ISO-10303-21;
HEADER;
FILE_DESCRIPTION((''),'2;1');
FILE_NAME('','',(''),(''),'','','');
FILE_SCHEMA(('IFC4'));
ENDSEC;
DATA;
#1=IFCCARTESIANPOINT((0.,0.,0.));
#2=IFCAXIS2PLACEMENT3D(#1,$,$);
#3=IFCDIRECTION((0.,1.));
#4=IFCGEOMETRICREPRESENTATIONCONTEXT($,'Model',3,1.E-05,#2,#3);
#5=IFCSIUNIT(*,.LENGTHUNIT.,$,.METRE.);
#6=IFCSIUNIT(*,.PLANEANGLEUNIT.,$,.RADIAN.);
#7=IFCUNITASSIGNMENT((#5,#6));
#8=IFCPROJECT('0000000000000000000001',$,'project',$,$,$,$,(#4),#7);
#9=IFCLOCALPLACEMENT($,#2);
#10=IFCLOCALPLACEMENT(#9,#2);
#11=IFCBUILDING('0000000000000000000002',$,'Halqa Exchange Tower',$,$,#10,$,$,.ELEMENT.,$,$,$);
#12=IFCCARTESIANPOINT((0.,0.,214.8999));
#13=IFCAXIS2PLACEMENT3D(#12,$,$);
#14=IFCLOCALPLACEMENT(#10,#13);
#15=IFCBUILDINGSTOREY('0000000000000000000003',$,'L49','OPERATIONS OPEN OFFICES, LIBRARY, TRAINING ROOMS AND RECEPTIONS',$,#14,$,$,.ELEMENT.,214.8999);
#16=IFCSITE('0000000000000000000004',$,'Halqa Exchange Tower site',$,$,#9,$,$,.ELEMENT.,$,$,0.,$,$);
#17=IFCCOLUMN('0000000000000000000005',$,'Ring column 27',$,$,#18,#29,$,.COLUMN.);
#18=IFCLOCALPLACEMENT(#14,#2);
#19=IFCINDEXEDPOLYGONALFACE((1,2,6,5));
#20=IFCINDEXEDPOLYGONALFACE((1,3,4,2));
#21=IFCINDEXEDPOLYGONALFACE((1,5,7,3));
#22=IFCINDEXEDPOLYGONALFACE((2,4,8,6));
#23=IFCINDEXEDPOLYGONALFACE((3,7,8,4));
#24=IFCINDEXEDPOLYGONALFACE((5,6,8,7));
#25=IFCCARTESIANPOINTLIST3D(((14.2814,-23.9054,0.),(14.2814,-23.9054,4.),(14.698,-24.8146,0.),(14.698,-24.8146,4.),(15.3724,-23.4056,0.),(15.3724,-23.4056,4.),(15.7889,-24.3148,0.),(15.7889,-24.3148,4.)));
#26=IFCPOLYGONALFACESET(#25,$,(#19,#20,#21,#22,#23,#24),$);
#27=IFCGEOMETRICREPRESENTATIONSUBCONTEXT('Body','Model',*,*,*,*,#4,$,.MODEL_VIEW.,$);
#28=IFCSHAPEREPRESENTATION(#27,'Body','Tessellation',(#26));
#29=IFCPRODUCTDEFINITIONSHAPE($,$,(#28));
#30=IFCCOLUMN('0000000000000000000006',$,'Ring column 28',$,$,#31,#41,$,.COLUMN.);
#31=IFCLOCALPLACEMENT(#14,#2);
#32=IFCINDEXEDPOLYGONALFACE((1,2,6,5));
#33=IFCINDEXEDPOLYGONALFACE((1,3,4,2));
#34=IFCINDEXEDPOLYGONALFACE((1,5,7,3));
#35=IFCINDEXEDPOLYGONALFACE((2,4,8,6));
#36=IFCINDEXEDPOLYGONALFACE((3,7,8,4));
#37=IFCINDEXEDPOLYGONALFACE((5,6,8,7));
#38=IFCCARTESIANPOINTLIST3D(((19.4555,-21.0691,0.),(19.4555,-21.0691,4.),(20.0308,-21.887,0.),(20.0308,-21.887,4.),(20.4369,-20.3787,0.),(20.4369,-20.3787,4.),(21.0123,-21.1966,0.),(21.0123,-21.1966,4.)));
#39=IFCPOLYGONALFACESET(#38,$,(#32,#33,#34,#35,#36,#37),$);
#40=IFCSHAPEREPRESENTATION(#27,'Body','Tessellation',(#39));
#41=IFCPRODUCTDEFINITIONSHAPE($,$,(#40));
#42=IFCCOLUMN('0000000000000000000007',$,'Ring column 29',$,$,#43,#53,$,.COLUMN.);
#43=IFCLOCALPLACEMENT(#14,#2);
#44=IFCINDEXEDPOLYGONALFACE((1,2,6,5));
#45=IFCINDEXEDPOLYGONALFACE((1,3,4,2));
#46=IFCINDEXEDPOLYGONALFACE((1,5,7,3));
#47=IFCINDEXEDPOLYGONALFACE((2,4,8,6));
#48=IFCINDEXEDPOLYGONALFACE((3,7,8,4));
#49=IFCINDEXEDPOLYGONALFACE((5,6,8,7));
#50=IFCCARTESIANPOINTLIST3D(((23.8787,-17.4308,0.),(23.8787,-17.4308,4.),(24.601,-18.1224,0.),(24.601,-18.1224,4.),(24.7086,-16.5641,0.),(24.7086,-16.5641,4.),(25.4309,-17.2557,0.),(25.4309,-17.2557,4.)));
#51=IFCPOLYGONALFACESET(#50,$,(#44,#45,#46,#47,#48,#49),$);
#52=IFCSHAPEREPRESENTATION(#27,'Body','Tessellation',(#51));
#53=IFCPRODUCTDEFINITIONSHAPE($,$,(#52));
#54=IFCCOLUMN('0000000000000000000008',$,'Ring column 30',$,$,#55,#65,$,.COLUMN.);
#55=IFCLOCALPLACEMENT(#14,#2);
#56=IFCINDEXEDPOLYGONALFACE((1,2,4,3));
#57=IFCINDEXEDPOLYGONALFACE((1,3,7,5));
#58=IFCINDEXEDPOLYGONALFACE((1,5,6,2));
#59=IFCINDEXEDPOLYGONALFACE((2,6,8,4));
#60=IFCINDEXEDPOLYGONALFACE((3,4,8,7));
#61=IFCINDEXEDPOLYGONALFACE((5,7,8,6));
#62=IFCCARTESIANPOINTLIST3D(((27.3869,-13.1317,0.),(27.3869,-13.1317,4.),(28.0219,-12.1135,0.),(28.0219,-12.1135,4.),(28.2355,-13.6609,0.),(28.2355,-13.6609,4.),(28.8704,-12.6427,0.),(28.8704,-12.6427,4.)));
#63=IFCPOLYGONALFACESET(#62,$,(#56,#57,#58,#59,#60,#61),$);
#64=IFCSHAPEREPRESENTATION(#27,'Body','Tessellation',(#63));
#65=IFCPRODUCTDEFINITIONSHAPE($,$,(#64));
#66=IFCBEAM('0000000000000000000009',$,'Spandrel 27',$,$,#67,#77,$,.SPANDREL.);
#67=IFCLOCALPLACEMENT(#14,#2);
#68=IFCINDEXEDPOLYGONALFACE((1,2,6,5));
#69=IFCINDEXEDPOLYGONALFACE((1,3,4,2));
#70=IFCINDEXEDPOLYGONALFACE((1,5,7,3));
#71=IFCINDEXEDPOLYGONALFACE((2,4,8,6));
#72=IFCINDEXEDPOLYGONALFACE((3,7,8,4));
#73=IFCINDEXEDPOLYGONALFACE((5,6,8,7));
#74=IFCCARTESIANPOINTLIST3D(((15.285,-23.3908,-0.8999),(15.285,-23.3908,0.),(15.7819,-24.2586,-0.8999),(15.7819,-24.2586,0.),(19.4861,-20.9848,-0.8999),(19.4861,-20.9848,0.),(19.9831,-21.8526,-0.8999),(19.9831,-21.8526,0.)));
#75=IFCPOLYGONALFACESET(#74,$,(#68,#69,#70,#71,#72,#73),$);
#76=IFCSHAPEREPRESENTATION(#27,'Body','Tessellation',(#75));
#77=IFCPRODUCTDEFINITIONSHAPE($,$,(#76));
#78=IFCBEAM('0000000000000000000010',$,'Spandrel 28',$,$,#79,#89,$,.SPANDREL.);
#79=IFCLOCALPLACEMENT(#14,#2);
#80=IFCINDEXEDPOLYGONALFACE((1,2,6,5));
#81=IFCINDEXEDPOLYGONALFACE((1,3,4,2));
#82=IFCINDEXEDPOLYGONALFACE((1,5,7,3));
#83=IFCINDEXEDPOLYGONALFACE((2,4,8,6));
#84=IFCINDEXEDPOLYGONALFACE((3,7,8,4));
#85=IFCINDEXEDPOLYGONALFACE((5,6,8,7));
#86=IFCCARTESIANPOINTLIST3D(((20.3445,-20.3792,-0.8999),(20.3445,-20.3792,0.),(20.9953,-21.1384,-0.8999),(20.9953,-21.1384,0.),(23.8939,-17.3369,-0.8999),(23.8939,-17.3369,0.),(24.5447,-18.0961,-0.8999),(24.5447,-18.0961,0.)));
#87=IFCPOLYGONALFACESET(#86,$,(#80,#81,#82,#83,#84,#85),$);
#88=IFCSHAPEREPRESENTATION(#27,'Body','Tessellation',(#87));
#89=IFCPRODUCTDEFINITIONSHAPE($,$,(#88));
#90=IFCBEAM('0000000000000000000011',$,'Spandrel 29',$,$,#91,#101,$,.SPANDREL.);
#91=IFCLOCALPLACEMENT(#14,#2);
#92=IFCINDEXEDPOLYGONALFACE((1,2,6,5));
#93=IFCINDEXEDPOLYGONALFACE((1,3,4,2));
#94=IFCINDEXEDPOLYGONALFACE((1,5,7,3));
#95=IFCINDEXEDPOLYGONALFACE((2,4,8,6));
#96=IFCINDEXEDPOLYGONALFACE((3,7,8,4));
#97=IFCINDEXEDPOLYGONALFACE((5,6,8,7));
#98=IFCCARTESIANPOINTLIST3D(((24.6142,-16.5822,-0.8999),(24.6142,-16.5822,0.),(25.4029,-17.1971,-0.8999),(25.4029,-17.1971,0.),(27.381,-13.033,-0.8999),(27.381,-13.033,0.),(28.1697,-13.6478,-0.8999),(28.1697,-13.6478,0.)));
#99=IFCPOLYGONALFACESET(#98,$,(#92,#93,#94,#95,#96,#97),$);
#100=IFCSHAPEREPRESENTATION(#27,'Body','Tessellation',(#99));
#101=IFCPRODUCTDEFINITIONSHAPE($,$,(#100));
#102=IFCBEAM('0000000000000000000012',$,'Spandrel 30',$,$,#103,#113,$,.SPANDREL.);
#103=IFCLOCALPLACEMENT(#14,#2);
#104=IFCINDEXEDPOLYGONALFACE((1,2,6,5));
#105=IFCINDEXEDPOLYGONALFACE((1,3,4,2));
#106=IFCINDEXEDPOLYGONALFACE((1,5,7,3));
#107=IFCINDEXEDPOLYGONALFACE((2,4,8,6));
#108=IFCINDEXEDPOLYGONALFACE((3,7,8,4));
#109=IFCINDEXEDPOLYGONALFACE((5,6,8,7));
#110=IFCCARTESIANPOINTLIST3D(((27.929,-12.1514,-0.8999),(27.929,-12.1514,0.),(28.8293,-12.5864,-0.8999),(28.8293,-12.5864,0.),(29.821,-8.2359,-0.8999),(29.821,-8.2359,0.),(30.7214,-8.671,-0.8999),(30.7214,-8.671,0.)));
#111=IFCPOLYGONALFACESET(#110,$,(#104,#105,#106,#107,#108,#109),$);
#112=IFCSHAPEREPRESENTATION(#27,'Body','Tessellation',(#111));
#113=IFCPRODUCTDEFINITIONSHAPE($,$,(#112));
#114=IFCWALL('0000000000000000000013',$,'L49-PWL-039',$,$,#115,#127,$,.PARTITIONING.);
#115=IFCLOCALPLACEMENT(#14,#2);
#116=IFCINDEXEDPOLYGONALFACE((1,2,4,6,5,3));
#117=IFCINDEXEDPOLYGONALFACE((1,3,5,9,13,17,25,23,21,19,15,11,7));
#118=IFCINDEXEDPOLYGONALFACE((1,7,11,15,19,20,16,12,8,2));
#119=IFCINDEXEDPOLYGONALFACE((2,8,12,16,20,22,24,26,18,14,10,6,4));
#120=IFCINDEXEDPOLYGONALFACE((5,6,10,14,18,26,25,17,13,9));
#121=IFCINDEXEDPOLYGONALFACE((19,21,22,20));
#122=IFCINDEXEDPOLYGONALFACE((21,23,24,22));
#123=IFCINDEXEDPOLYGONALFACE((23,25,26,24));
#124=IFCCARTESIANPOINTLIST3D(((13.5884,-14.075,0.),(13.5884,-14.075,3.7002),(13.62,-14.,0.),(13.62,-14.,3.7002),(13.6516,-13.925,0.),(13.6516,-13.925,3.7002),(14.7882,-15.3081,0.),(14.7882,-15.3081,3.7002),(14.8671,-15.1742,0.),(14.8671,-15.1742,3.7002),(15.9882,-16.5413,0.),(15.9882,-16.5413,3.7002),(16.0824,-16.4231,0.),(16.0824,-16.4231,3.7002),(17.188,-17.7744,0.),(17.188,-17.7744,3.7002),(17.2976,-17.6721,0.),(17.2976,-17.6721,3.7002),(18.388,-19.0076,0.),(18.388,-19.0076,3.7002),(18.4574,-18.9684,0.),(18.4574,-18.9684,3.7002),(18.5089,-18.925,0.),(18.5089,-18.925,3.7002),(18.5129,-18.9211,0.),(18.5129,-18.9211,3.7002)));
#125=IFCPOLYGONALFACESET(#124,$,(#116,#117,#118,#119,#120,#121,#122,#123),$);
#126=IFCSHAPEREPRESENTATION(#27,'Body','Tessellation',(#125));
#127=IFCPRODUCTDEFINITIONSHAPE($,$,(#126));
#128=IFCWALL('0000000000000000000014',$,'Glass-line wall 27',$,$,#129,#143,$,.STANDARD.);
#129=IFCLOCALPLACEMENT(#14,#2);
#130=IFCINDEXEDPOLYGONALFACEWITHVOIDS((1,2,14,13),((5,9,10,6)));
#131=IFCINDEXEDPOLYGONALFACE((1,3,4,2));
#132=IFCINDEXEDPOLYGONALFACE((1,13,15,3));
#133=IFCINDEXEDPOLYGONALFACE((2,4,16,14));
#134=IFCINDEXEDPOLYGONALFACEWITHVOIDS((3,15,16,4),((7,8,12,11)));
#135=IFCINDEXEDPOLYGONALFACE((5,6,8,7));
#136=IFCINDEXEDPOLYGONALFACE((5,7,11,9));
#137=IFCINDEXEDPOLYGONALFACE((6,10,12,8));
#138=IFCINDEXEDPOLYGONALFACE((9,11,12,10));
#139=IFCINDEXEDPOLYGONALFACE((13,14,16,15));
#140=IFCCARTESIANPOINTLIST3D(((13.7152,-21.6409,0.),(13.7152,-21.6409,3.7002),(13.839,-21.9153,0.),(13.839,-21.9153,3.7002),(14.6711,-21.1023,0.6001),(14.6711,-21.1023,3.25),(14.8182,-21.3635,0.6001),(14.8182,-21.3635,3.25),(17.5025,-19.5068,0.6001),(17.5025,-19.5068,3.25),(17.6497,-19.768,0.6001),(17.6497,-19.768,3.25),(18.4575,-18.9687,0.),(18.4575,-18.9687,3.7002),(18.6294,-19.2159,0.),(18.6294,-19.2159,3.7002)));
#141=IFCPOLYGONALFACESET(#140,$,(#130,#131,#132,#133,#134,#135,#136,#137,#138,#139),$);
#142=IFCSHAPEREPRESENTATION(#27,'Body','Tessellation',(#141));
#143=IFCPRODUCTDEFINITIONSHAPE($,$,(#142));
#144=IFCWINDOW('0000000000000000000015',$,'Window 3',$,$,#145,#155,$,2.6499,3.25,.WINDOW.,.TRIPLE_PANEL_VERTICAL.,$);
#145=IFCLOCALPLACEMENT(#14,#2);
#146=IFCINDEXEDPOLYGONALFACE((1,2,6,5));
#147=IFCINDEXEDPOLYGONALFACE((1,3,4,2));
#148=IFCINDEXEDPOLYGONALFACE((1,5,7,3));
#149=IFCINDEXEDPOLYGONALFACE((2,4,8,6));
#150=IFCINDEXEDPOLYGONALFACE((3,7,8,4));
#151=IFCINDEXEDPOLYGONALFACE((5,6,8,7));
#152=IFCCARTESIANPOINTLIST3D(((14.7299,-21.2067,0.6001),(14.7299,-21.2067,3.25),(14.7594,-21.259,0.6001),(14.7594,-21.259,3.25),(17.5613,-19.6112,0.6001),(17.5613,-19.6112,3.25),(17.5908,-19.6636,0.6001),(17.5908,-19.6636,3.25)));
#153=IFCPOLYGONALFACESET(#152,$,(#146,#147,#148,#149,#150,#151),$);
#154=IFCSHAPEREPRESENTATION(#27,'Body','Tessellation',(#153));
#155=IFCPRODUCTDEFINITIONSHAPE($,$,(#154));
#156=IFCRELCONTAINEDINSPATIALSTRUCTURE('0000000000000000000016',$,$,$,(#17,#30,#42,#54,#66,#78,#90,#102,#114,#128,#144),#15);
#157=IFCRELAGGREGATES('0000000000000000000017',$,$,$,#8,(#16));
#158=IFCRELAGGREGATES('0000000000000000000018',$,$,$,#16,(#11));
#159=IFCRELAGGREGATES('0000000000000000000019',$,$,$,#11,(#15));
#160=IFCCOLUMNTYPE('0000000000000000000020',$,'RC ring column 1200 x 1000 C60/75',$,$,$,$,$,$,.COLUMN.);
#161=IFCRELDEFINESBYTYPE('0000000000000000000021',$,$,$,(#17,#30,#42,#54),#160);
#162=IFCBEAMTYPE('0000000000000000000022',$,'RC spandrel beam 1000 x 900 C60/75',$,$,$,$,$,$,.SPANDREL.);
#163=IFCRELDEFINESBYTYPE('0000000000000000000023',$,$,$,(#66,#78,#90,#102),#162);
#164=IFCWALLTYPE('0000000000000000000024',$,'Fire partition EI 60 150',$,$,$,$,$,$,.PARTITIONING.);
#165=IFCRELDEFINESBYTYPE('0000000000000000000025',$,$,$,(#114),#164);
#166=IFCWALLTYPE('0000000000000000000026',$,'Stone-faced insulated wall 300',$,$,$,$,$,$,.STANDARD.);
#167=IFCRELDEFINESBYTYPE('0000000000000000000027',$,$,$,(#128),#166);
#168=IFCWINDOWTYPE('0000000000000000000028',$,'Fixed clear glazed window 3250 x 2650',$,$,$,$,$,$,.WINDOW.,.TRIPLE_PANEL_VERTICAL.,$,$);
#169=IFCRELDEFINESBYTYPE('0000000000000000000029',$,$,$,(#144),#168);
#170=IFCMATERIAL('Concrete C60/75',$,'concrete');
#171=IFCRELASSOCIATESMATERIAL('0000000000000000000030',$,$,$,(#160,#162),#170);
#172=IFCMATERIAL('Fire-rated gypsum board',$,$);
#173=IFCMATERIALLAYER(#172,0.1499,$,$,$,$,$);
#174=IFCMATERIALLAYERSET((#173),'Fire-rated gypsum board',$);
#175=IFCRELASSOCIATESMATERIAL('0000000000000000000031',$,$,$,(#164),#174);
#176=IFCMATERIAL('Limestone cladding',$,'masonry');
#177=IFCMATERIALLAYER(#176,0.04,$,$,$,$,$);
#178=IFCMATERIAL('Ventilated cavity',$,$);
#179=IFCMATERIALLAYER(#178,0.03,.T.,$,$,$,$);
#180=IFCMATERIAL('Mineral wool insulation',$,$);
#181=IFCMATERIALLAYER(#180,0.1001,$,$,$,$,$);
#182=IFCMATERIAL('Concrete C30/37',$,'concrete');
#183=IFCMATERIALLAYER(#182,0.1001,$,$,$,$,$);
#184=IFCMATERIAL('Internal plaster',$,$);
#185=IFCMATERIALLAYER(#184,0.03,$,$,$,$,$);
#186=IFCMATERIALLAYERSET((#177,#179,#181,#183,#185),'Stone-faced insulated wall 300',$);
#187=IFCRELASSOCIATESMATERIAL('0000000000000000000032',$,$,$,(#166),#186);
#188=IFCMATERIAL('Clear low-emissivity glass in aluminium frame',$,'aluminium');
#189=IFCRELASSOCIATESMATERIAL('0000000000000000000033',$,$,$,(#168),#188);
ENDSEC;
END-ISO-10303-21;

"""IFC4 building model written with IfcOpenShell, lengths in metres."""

from ifc_helpers import new_model, si_unit, direction, frame, frame_2d, origin, origin_2d, place, context, subcontext, project, spatial, polyline, rectangle, outline, extrude, material, layer, layer_set, material_profile, profile_set, type_object, element, fill, save


model = new_model("IFC4")

# Units and contexts
model_context = context("Model", 3, precision=1e-05, world=origin(), true_north=direction((0.0, 1.0)))
body_context = subcontext(model_context, "Body", "Model", "MODEL_VIEW")
ifc_project = project(units=[si_unit("LENGTHUNIT", "METRE"), si_unit("PLANEANGLEUNIT", "RADIAN")], contexts=[model_context])

# Site, building, storey
site_placement = place(None, origin())
site = spatial("IfcSite", under=ifc_project, at=site_placement, Name="Halqa Exchange Tower site", CompositionType="ELEMENT", RefElevation=0.0)
building_placement = place(site_placement, origin())
building = spatial("IfcBuilding", under=site, at=building_placement, Name="Halqa Exchange Tower", CompositionType="ELEMENT")
storey_placement = place(building_placement, frame((0.0, 0.0, 214.8999)))
storey = spatial("IfcBuildingStorey", under=building, at=storey_placement, Name="L49", Description="OPERATIONS OPEN OFFICES, LIBRARY, TRAINING ROOMS AND RECEPTIONS", CompositionType="ELEMENT", Elevation=214.8999)

# Columns
ifc_material_1 = material(Name="Concrete C60/75", Category="concrete")
ifc_material_profile_1 = material_profile(ifc_material_1, rectangle(XDim=1.2, YDim=1.0, at=origin_2d()), Name="1200 x 1000")
ifc_profile_set_1 = profile_set([ifc_material_profile_1], Name="Concrete C60/75")
column_type = type_object("IfcColumnType", Name="RC ring column 1200 x 1000 C60/75", PredefinedType="COLUMN", material=ifc_profile_set_1)
for number, where, z_axis, x_axis, name in (
    (1, (15.0352, -24.1101, 0.0), (0.0, 0.0, 1.0), (0.909129, 0.416514, 0.0), "Ring column 27"),
    (2, (20.2339, -21.1328, 0.0), (0.0, 0.0, 1.0), (0.817906, 0.575352, 0.0), "Ring column 28"),
    (3, (24.6548, -17.3433, 0.0), (0.0, 0.0, 1.0), (0.691575, 0.722305, 0.0), "Ring column 29"),
    (4, (28.1287, -12.8872, 0.0), (0.0, 0.0, 1.0), (0.529145, 0.848531, 0.0), "Ring column 30"),
):
    element("IfcColumn", number, at=place(storey_placement, frame(where, z_axis=z_axis, x_axis=x_axis)), inside=storey, type_object=column_type, Name=name, PredefinedType="COLUMN", context=body_context, shape_type="SweptSolid", body=[
        extrude(rectangle(XDim=1.2, YDim=1.0, at=origin_2d()), origin(), (0.0, 0.0, 1.0), 4.0),
    ])

# Beams
ifc_material_profile_2 = material_profile(ifc_material_1, rectangle(XDim=1.0, YDim=0.8999, at=origin_2d()), Name="1000 x 900")
ifc_profile_set_2 = profile_set([ifc_material_profile_2], Name="Concrete C60/75")
beam_type = type_object("IfcBeamType", Name="RC spandrel beam 1000 x 900 C60/75", PredefinedType="SPANDREL", material=ifc_profile_set_2)
beam_1_placement = place(storey_placement, frame((15.5334, -23.8247, -0.45), z_axis=(0.867768, 0.49697, 0.0), x_axis=(-0.49697, 0.867768, 0.0)))
element("IfcBeam", 5, at=beam_1_placement, inside=storey, type_object=beam_type, Name="Spandrel 27", PredefinedType="SPANDREL", context=body_context, shape_type="SweptSolid", body=[
    extrude(rectangle(XDim=1.0, YDim=0.8999, at=origin_2d()), origin(), (0.0, 0.0, 1.0), 4.8413),
])
beam_2_placement = place(storey_placement, frame((20.6699, -20.7588, -0.45), z_axis=(0.75926, 0.650787, 0.0), x_axis=(-0.650787, 0.75926, 0.0)))
element("IfcBeam", 6, at=beam_2_placement, inside=storey, type_object=beam_type, Name="Spandrel 28", PredefinedType="SPANDREL", context=body_context, shape_type="SweptSolid", body=[
    extrude(rectangle(XDim=1.0, YDim=0.8999, at=origin_2d()), origin(), (0.0, 0.0, 1.0), 4.6748),
])
beam_3_placement = place(storey_placement, frame((25.0085, -16.8896, -0.45), z_axis=(0.614808, 0.788677, 0.0), x_axis=(-0.788677, 0.614808, 0.0)))
element("IfcBeam", 7, at=beam_3_placement, inside=storey, type_object=beam_type, Name="Spandrel 29", PredefinedType="SPANDREL", context=body_context, shape_type="SweptSolid", body=[
    extrude(rectangle(XDim=1.0, YDim=0.8999, at=origin_2d()), origin(), (0.0, 0.0, 1.0), 4.5002),
])
beam_4_placement = place(storey_placement, frame((28.3792, -12.3689, -0.45), z_axis=(0.435091, 0.900386, 0.0), x_axis=(-0.900386, 0.435091, 0.0)))
element("IfcBeam", 8, at=beam_4_placement, inside=storey, type_object=beam_type, Name="Spandrel 30", PredefinedType="SPANDREL", context=body_context, shape_type="SweptSolid", body=[
    extrude(rectangle(XDim=1.0, YDim=0.8999, at=origin_2d()), origin(), (0.0, 0.0, 1.0), 4.3486),
])

# Wall
ifc_material_2 = material(Name="Fire-rated gypsum board")
ifc_layer_1 = layer(ifc_material_2, 0.1499)
ifc_layer_set_1 = layer_set([ifc_layer_1], Name="Fire-rated gypsum board")
wall_type_1 = type_object("IfcWallType", Name="Fire partition EI 60 150", PredefinedType="PARTITIONING", material=ifc_layer_set_1)
wall_1_placement = place(storey_placement, frame((18.4592, -18.9734, 0.0), z_axis=(0.0, 0.0, 1.0), x_axis=(-0.697374, 0.716707, 0.0)))
element("IfcWall", 9, at=wall_1_placement, inside=storey, type_object=wall_type_1, Name="L49-PWL-039", PredefinedType="PARTITIONING", context=body_context, shape_type="SweptSolid", body=[
    extrude(outline(polyline([(0.0, -0.075), (1.7427, -0.075), (3.4854, -0.075), (5.228, -0.075), (6.9709, -0.075), (6.9392, 0.0), (6.9075, 0.075), (5.187, 0.075), (3.4663, 0.075), (1.7458, 0.075), (0.0251, 0.075), (0.0049, -0.0022), (0.0, -0.0693), (0.0, -0.075)])), origin(), (0.0, 0.0, 1.0), 3.7002),
])

# Wall, opening, window
ifc_material_3 = material(Name="Limestone cladding", Category="masonry")
ifc_layer_2 = layer(ifc_material_3, 0.04)
ifc_material_4 = material(Name="Ventilated cavity")
ifc_layer_3 = layer(ifc_material_4, 0.03, ventilated=True)
ifc_material_5 = material(Name="Mineral wool insulation")
ifc_layer_4 = layer(ifc_material_5, 0.1001)
ifc_material_6 = material(Name="Concrete C30/37", Category="concrete")
ifc_layer_5 = layer(ifc_material_6, 0.1001)
ifc_material_7 = material(Name="Internal plaster")
ifc_layer_6 = layer(ifc_material_7, 0.03)
ifc_layer_set_2 = layer_set([ifc_layer_2, ifc_layer_3, ifc_layer_4, ifc_layer_5, ifc_layer_6], Name="Stone-faced insulated wall 300")
wall_type_2 = type_object("IfcWallType", Name="Stone-faced insulated wall 300", PredefinedType="STANDARD", material=ifc_layer_set_2)
wall_2_placement = place(storey_placement, frame((13.7771, -21.7781, 0.0), z_axis=(0.0, 0.0, 1.0), x_axis=(0.871207, 0.490916, 0.0)))
wall_2 = element("IfcWall", 10, at=wall_2_placement, inside=storey, type_object=wall_type_2, Name="Glass-line wall 27", PredefinedType="STANDARD", context=body_context, shape_type="SweptSolid", body=[
    extrude(outline(polyline([(-0.0134, -0.1499), (5.4851, -0.1499), (5.4568, 0.1499), (0.0134, 0.1499), (-0.0134, -0.1499)])), origin(), (0.0, 0.0, 1.0), 3.7002),
])
opening_1_placement = place(wall_2_placement, frame((1.1106, 0.0, 0.6001)))
opening_1 = element("IfcOpeningElement", 11, at=opening_1_placement, cuts=wall_2, PredefinedType="OPENING", context=body_context, shape_type="SweptSolid", body=[
    extrude(rectangle(XDim=3.25, YDim=2.6499, at=frame_2d((1.625, 1.325))), frame((0.0, 0.1621, 0.0), z_axis=(0.0, -1.0, 0.0), x_axis=(1.0, 0.0, 0.0)), (0.0, 0.0, 1.0), 0.324),
])
ifc_material_8 = material(Name="Clear low-emissivity glass in aluminium frame", Category="aluminium")
window_type = type_object("IfcWindowType", Name="Fixed clear glazed window 3250 x 2650", PartitioningType="TRIPLE_PANEL_VERTICAL", PredefinedType="WINDOW", material=ifc_material_8)
window_1_placement = place(opening_1_placement, origin())
window_1 = element("IfcWindow", 12, at=window_1_placement, inside=storey, type_object=window_type, Name="Window 3", OverallHeight=2.6499, OverallWidth=3.25, PartitioningType="TRIPLE_PANEL_VERTICAL", PredefinedType="WINDOW", context=body_context, shape_type="SweptSolid", body=[
    extrude(rectangle(XDim=3.25, YDim=2.6499, at=frame_2d((1.625, 1.325))), frame((0.0, 0.03, 0.0), z_axis=(0.0, -1.0, 0.0), x_axis=(1.0, 0.0, 0.0)), (0.0, 0.0, 1.0), 0.0601),
])
fill(opening_1, window_1)

save(model, "model.ifc")
